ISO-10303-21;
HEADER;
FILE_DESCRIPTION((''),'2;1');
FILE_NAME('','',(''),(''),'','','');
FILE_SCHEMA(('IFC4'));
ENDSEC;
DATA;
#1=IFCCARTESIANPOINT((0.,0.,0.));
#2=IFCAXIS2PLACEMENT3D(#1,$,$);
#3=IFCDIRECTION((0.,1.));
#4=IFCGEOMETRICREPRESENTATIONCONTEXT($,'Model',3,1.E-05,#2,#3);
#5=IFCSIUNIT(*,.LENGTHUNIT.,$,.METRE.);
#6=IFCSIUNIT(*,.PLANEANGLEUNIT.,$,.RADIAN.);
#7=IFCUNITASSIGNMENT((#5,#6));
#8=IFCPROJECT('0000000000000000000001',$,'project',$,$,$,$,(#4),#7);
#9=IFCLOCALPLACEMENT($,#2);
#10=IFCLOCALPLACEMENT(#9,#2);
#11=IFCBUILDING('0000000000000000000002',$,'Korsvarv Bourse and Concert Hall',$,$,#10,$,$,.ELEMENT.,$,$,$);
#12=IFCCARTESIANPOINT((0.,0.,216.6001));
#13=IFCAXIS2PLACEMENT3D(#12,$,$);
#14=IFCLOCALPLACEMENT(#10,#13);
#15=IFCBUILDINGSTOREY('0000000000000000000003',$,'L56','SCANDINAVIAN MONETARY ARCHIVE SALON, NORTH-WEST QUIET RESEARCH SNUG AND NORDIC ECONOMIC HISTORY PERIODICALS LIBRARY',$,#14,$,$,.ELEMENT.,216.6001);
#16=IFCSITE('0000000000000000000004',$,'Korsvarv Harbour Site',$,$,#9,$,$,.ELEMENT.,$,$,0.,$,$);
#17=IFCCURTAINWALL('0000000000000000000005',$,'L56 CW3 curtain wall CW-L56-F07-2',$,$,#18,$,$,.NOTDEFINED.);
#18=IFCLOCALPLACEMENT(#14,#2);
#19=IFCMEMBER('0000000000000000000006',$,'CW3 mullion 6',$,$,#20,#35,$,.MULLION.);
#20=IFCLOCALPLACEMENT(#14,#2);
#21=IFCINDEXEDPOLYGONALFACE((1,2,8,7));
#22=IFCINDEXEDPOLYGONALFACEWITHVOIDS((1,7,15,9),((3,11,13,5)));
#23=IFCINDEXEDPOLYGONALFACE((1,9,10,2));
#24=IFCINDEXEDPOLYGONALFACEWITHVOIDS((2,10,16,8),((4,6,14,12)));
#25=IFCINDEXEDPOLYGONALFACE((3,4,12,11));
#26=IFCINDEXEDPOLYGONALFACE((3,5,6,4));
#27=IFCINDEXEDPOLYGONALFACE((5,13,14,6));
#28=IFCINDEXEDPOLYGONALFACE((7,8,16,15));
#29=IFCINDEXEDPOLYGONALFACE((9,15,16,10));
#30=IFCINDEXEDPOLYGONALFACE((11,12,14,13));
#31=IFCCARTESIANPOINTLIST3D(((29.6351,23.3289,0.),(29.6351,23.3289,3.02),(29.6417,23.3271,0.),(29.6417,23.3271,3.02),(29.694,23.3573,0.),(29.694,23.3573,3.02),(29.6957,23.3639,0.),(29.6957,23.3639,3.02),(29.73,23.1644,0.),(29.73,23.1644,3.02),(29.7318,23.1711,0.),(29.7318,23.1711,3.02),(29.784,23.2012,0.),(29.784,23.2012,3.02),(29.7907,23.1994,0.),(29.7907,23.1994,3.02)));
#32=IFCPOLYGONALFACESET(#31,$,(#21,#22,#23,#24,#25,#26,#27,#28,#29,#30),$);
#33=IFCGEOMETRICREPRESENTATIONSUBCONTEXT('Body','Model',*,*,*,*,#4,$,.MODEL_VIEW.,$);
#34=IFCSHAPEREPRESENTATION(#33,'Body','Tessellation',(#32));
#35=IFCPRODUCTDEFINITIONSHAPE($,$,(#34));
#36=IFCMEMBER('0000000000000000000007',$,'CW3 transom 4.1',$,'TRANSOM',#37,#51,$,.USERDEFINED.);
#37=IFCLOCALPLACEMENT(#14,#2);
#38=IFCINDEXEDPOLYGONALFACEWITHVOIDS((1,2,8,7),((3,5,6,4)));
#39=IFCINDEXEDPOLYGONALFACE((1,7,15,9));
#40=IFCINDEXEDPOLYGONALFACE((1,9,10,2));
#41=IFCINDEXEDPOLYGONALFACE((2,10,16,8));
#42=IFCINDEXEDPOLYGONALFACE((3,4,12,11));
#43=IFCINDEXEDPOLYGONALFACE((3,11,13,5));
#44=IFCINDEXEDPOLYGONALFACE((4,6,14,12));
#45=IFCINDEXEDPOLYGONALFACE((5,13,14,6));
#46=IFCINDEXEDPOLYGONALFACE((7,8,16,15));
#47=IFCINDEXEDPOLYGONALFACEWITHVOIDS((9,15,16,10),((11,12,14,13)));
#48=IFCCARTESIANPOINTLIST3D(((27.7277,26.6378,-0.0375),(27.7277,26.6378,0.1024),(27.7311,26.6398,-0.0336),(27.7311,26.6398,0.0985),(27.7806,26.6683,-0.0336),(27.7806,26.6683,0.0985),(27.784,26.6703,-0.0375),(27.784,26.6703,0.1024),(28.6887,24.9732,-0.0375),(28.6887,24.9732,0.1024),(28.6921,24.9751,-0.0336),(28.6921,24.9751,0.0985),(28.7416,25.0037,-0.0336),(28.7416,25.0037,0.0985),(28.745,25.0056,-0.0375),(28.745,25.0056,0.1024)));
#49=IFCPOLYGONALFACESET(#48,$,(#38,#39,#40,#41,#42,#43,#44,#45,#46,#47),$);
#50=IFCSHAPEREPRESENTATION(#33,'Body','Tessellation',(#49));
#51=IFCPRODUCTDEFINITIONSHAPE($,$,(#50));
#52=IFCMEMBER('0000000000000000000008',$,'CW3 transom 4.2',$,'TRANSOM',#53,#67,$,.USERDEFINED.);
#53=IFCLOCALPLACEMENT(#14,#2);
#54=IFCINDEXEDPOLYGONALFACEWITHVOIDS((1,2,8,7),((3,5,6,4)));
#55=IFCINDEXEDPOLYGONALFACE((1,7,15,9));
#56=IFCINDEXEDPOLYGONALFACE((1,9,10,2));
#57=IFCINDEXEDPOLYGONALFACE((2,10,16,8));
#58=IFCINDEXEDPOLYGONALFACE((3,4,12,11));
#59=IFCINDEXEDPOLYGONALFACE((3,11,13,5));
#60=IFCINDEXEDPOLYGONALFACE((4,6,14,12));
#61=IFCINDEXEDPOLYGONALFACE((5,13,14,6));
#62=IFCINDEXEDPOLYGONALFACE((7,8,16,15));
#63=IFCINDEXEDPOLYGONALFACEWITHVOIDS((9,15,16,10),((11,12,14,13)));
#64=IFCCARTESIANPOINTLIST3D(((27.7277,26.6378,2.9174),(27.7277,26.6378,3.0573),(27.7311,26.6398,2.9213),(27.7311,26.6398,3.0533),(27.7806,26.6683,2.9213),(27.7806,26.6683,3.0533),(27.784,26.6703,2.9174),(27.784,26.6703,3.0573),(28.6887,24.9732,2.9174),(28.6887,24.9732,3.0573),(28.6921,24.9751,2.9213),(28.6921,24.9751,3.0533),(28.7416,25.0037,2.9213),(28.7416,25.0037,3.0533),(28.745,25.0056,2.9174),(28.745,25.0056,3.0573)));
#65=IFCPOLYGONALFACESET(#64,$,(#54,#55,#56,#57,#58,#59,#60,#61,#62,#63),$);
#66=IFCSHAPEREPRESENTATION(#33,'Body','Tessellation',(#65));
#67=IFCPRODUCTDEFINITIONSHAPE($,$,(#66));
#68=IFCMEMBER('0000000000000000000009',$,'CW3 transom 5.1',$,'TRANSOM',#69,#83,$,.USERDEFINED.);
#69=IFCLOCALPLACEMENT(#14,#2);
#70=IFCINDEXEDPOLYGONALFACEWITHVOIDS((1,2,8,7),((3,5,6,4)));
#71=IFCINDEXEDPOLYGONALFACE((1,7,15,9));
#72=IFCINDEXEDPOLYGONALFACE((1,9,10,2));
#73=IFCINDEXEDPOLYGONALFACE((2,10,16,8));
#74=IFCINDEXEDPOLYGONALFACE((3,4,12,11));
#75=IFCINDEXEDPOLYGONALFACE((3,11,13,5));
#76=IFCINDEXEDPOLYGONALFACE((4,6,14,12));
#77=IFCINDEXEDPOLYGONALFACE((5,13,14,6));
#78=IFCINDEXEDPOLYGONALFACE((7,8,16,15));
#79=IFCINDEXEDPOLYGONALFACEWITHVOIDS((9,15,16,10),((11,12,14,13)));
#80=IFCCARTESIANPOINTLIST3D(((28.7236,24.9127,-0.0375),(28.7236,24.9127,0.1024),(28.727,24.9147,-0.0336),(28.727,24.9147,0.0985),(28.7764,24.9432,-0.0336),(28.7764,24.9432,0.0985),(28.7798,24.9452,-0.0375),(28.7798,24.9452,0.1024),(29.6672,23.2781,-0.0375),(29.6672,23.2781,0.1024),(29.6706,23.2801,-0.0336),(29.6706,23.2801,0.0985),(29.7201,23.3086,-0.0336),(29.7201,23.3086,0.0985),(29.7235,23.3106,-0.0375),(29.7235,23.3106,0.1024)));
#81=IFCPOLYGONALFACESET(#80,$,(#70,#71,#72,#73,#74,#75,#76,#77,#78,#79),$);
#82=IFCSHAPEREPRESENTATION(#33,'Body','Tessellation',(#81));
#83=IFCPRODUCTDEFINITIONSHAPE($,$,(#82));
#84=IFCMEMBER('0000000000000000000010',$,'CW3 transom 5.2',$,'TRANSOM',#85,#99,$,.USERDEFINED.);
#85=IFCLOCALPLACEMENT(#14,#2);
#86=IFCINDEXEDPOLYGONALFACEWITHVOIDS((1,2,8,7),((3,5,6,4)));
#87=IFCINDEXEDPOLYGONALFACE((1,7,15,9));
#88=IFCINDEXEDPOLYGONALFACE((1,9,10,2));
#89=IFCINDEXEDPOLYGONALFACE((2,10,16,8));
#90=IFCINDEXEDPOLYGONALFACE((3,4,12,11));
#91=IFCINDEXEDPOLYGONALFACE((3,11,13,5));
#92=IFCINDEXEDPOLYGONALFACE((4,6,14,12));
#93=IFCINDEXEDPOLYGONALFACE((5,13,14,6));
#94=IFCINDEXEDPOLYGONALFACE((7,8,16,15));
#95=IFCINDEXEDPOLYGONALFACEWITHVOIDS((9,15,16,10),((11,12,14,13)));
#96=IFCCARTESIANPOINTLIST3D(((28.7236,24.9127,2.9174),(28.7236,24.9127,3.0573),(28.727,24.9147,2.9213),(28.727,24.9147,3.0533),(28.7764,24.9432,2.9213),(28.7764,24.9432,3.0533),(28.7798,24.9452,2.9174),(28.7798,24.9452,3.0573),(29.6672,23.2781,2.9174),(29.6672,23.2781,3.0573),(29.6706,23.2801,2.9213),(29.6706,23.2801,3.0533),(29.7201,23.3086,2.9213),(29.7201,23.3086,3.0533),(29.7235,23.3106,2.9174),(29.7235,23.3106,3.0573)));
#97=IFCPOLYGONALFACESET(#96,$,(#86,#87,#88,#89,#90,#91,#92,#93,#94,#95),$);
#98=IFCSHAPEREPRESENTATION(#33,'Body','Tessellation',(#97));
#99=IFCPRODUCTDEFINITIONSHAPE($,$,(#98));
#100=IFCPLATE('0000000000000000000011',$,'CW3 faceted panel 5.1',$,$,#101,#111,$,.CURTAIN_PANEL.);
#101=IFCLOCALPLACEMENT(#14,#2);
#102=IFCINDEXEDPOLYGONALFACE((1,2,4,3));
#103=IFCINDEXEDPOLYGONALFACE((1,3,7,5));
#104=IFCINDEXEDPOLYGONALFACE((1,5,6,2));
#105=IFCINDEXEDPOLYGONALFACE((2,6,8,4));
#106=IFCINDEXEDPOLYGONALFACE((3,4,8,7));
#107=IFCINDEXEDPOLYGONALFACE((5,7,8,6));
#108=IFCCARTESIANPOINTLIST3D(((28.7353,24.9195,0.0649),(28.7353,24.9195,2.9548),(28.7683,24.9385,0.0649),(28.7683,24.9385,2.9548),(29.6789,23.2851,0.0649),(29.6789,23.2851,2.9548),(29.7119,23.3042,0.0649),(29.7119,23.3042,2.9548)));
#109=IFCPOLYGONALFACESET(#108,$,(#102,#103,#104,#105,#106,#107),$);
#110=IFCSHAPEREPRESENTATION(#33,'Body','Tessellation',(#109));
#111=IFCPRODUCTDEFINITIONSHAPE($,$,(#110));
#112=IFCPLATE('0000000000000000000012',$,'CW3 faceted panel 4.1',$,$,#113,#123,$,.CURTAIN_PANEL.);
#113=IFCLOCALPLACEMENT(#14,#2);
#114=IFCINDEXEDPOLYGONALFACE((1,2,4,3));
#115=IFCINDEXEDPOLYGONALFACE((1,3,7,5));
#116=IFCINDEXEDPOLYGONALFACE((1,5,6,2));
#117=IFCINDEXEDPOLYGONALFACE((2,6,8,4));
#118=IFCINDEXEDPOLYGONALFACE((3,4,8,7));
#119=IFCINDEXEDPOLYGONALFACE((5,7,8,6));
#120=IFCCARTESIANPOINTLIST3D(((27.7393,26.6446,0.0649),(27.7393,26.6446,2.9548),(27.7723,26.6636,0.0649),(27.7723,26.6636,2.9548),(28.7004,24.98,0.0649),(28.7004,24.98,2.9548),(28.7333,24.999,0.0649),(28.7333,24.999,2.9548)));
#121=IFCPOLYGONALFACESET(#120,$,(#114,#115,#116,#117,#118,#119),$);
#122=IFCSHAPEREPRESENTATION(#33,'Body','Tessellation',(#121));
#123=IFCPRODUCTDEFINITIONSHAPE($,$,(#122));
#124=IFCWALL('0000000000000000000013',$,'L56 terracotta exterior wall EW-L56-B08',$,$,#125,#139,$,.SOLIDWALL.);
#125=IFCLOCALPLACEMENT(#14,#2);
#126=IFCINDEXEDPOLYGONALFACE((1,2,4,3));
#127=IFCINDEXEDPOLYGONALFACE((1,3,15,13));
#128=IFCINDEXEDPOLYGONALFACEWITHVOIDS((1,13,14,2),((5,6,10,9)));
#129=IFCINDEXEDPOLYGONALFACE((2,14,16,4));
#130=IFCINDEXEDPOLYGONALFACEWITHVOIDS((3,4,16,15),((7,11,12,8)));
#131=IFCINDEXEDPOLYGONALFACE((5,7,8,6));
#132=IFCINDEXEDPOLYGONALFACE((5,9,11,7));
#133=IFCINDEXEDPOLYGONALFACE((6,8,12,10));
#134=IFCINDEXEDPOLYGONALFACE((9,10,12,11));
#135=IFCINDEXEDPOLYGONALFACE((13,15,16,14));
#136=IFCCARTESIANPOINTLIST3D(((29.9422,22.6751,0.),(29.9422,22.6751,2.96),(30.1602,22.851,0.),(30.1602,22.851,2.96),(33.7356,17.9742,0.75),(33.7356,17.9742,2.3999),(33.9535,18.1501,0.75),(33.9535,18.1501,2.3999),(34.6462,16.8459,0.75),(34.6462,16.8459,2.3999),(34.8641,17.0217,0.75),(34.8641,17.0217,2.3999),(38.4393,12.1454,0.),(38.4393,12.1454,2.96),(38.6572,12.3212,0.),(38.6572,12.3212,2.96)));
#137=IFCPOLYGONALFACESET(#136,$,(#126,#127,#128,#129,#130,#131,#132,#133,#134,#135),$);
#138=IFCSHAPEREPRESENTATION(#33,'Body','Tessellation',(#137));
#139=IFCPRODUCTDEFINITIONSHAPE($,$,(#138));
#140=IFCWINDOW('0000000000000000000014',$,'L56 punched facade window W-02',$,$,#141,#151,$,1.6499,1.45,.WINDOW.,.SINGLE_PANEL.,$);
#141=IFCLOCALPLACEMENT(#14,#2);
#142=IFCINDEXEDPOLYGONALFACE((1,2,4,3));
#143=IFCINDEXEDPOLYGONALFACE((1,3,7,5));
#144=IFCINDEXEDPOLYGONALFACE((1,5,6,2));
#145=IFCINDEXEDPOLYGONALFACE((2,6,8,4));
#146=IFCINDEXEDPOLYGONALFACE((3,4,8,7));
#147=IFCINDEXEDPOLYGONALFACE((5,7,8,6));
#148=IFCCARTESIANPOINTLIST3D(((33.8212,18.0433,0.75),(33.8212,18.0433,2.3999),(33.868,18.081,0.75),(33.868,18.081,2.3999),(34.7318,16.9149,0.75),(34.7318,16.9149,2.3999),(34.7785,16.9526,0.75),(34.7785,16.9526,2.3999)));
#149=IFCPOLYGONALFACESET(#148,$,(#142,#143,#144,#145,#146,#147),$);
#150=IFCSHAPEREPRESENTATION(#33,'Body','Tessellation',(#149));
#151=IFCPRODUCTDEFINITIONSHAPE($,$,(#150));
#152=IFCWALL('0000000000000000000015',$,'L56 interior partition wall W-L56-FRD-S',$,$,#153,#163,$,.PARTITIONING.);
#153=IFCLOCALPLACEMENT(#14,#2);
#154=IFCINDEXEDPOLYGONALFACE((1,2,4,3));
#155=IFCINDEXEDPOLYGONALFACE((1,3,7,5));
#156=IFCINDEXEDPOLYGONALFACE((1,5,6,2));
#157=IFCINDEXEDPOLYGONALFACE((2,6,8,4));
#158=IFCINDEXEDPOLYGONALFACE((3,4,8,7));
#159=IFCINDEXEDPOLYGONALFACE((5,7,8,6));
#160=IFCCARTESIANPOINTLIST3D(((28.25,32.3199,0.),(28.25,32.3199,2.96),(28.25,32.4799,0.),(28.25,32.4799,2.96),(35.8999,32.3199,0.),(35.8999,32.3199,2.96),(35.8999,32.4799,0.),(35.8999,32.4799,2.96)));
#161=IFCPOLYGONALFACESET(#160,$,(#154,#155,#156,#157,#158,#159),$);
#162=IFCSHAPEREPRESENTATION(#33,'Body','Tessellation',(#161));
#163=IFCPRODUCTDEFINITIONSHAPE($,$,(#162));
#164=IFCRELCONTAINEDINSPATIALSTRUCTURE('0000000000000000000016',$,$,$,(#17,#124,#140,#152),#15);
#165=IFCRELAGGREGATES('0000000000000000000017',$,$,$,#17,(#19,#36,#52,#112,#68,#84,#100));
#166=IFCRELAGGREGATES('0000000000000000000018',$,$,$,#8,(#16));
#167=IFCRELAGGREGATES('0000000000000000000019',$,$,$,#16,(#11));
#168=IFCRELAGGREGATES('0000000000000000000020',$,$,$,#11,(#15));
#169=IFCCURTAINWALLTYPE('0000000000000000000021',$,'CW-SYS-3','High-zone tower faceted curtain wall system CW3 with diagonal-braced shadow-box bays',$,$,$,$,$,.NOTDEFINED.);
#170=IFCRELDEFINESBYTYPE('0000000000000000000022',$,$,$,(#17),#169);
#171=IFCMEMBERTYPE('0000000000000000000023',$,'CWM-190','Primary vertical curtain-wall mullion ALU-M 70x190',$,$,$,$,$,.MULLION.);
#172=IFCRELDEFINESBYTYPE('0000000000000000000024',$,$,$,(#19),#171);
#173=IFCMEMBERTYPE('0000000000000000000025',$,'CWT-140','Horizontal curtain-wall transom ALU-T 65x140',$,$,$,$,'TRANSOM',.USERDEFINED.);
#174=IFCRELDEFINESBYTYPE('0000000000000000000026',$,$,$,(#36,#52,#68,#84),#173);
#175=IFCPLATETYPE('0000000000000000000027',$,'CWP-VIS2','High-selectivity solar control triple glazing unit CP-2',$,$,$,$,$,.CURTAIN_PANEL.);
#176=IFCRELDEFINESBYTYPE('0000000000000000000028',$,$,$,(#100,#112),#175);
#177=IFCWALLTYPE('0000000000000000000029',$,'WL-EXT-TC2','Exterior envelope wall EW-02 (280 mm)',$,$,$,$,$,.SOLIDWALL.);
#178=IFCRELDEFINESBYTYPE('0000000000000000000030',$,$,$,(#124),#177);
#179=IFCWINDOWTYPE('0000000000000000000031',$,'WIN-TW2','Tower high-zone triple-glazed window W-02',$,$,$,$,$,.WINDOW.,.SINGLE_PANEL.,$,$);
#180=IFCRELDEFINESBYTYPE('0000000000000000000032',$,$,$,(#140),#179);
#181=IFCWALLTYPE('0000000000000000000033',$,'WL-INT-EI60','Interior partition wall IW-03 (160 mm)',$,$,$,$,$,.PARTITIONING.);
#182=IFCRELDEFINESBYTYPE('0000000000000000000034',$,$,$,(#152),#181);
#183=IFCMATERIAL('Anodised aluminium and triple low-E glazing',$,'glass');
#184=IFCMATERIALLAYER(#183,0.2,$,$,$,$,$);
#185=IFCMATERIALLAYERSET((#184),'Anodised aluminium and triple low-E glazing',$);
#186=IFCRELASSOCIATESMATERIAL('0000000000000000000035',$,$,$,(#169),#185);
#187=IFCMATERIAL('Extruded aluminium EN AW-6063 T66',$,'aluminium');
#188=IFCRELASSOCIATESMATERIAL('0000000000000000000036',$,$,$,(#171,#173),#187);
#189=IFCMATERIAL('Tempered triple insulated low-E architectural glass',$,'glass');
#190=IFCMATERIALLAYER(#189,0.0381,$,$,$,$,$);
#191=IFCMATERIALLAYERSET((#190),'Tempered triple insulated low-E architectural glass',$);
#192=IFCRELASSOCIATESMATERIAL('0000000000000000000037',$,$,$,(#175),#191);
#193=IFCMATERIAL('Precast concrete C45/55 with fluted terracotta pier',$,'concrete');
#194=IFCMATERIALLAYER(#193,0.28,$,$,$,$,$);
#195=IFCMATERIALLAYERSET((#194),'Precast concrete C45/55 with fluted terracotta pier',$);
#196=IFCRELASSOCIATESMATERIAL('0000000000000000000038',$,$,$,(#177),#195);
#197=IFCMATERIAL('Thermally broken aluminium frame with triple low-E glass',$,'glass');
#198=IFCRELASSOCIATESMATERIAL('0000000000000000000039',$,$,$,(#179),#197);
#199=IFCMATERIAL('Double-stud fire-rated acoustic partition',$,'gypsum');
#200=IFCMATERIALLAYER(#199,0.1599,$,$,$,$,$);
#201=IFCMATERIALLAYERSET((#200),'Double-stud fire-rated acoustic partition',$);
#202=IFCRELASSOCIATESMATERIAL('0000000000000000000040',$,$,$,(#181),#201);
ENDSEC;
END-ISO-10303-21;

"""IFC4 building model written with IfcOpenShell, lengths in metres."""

from ifc_helpers import new_model, si_unit, direction, frame, frame_2d, origin, origin_2d, place, context, subcontext, project, spatial, rectangle, hollow_rectangle, extrude, source, transform, mapped, material, layer, layer_set, material_profile, profile_set, type_object, element, fill, aggregate, save


model = new_model("IFC4")

# Units and contexts
model_context = context("Model", 3, precision=1e-05, world=origin(), true_north=direction((0.0, 1.0)))
body_context = subcontext(model_context, "Body", "Model", "MODEL_VIEW")
ifc_project = project(units=[si_unit("LENGTHUNIT", "METRE"), si_unit("PLANEANGLEUNIT", "RADIAN")], contexts=[model_context])

# Site, building, storey
site_placement = place(None, origin())
site = spatial("IfcSite", under=ifc_project, at=site_placement, Name="Korsvarv Harbour Site", CompositionType="ELEMENT", RefElevation=0.0)
building_placement = place(site_placement, origin())
building = spatial("IfcBuilding", under=site, at=building_placement, Name="Korsvarv Bourse and Concert Hall", CompositionType="ELEMENT")
storey_placement = place(building_placement, frame((0.0, 0.0, 216.6001)))
storey = spatial("IfcBuildingStorey", under=building, at=storey_placement, Name="L56", Description="SCANDINAVIAN MONETARY ARCHIVE SALON, NORTH-WEST QUIET RESEARCH SNUG AND NORDIC ECONOMIC HISTORY PERIODICALS LIBRARY", CompositionType="ELEMENT", Elevation=216.6001)

# Curtain wall, members, plates
ifc_material_1 = material(Name="Anodised aluminium and triple low-E glazing", Category="glass")
ifc_layer_1 = layer(ifc_material_1, 0.2)
ifc_layer_set_1 = layer_set([ifc_layer_1], Name="Anodised aluminium and triple low-E glazing")
curtain_wall_type = type_object("IfcCurtainWallType", Name="CW-SYS-3", Description="High-zone tower faceted curtain wall system CW3 with diagonal-braced shadow-box bays", PredefinedType="NOTDEFINED", material=ifc_layer_set_1)
curtain_wall_placement = place(storey_placement, origin())
curtain_wall = element("IfcCurtainWall", 1, at=curtain_wall_placement, inside=storey, type_object=curtain_wall_type, Name="L56 CW3 curtain wall CW-L56-F07-2", PredefinedType="NOTDEFINED")
ifc_material_2 = material(Name="Extruded aluminium EN AW-6063 T66", Category="aluminium")
ifc_material_profile_1 = material_profile(ifc_material_2, hollow_rectangle(XDim=0.0701, YDim=0.1899, WallThickness=0.0049, at=origin_2d()), Name="ALU-M 70x190")
ifc_profile_set_1 = profile_set([ifc_material_profile_1], Name="Extruded aluminium EN AW-6063 T66")
member_type_1 = type_object("IfcMemberType", Name="CWM-190", Description="Primary vertical curtain-wall mullion ALU-M 70x190", PredefinedType="MULLION", material=ifc_profile_set_1)
shared_shape_1 = source(origin(), body_context, "Body", "SweptSolid", [
    extrude(hollow_rectangle(XDim=0.0701, YDim=0.1899, WallThickness=0.0049, at=origin_2d()), origin(), (0.0, 0.0, 1.0), 3.02),
])
member_1_placement = place(storey_placement, frame((29.7129, 23.2642, 0.0), z_axis=(0.0, 0.0, 1.0), x_axis=(0.866028, 0.499996, 0.0)))
member_1 = element("IfcMember", 2, at=member_1_placement, type_object=member_type_1, Name="CW3 mullion 6", PredefinedType="MULLION", context=body_context, shape_type="MappedRepresentation", body=[
    mapped(shared_shape_1, transform((0.0, 0.0, 0.0), scale=1.0)),
])
ifc_material_profile_2 = material_profile(ifc_material_2, hollow_rectangle(XDim=0.0649, YDim=0.1399, WallThickness=0.0039, at=origin_2d()), Name="ALU-T 65x140")
ifc_profile_set_2 = profile_set([ifc_material_profile_2], Name="Extruded aluminium EN AW-6063 T66")
member_type_2 = type_object("IfcMemberType", Name="CWT-140", Description="Horizontal curtain-wall transom ALU-T 65x140", ElementType="TRANSOM", PredefinedType="USERDEFINED", material=ifc_profile_set_2)
shared_shape_2 = source(origin(), body_context, "Body", "SweptSolid", [
    extrude(hollow_rectangle(XDim=0.0649, YDim=0.1399, WallThickness=0.0039, at=origin_2d()), origin(), (0.0, 0.0, 1.0), 1.9221),
])
member_2_placement = place(storey_placement, frame((27.7559, 26.6541, 0.0325), z_axis=(0.499964, -0.866046, 0.0), x_axis=(0.866046, 0.499964, 0.0)))
member_2 = element("IfcMember", 3, at=member_2_placement, type_object=member_type_2, Name="CW3 transom 4.1", ObjectType="TRANSOM", PredefinedType="USERDEFINED", context=body_context, shape_type="MappedRepresentation", body=[
    mapped(shared_shape_2, transform((0.0, 0.0, 0.0), scale=1.0)),
])
member_3_placement = place(storey_placement, frame((27.7559, 26.6541, 2.9873), z_axis=(0.499964, -0.866046, 0.0), x_axis=(0.866046, 0.499964, 0.0)))
member_3 = element("IfcMember", 4, at=member_3_placement, type_object=member_type_2, Name="CW3 transom 4.2", ObjectType="TRANSOM", PredefinedType="USERDEFINED", context=body_context, shape_type="MappedRepresentation", body=[
    mapped(shared_shape_2, transform((0.0, 0.0, 0.0), scale=1.0)),
])
shared_shape_3 = source(origin(), body_context, "Body", "SweptSolid", [
    extrude(hollow_rectangle(XDim=0.0649, YDim=0.1399, WallThickness=0.0039, at=origin_2d()), origin(), (0.0, 0.0, 1.0), 1.8875),
])
member_4_placement = place(storey_placement, frame((28.7517, 24.929, 0.0325), z_axis=(0.499965, -0.866046, 0.0), x_axis=(0.866046, 0.499965, 0.0)))
member_4 = element("IfcMember", 5, at=member_4_placement, type_object=member_type_2, Name="CW3 transom 5.1", ObjectType="TRANSOM", PredefinedType="USERDEFINED", context=body_context, shape_type="MappedRepresentation", body=[
    mapped(shared_shape_3, transform((0.0, 0.0, 0.0), scale=1.0)),
])
member_5_placement = place(storey_placement, frame((28.7517, 24.929, 2.9873), z_axis=(0.499965, -0.866046, 0.0), x_axis=(0.866046, 0.499965, 0.0)))
member_5 = element("IfcMember", 6, at=member_5_placement, type_object=member_type_2, Name="CW3 transom 5.2", ObjectType="TRANSOM", PredefinedType="USERDEFINED", context=body_context, shape_type="MappedRepresentation", body=[
    mapped(shared_shape_3, transform((0.0, 0.0, 0.0), scale=1.0)),
])
ifc_material_3 = material(Name="Tempered triple insulated low-E architectural glass", Category="glass")
ifc_layer_2 = layer(ifc_material_3, 0.0381)
ifc_layer_set_2 = layer_set([ifc_layer_2], Name="Tempered triple insulated low-E architectural glass")
plate_type = type_object("IfcPlateType", Name="CWP-VIS2", Description="High-selectivity solar control triple glazing unit CP-2", PredefinedType="CURTAIN_PANEL", material=ifc_layer_set_2)
shared_shape_4 = source(origin(), body_context, "Body", "SweptSolid", [
    extrude(rectangle(XDim=1.8872, YDim=0.0381, at=origin_2d()), origin(), (0.0, 0.0, 1.0), 2.8899),
])
plate_1_placement = place(storey_placement, frame((29.2236, 24.1118, 0.0649), z_axis=(0.0, 0.0, 1.0), x_axis=(0.499996, -0.866028, 0.0)))
plate_1 = element("IfcPlate", 7, at=plate_1_placement, type_object=plate_type, Name="CW3 faceted panel 5.1", PredefinedType="CURTAIN_PANEL", context=body_context, shape_type="MappedRepresentation", body=[
    mapped(shared_shape_4, transform((0.0, 0.0, 0.0), scale=1.0)),
])
shared_shape_5 = source(origin(), body_context, "Body", "SweptSolid", [
    extrude(rectangle(XDim=1.9221, YDim=0.0381, at=origin_2d()), origin(), (0.0, 0.0, 1.0), 2.8899),
])
plate_2_placement = place(storey_placement, frame((28.2363, 25.8218, 0.0649), z_axis=(0.0, 0.0, 1.0), x_axis=(0.499996, -0.866028, 0.0)))
plate_2 = element("IfcPlate", 8, at=plate_2_placement, type_object=plate_type, Name="CW3 faceted panel 4.1", PredefinedType="CURTAIN_PANEL", context=body_context, shape_type="MappedRepresentation", body=[
    mapped(shared_shape_5, transform((0.0, 0.0, 0.0), scale=1.0)),
])
aggregate(curtain_wall, [member_1, member_2, member_3, plate_2, member_4, member_5, plate_1])

# Wall, opening, window
ifc_material_4 = material(Name="Precast concrete C45/55 with fluted terracotta pier", Category="concrete")
ifc_layer_3 = layer(ifc_material_4, 0.28)
ifc_layer_set_3 = layer_set([ifc_layer_3], Name="Precast concrete C45/55 with fluted terracotta pier")
wall_type_1 = type_object("IfcWallType", Name="WL-EXT-TC2", Description="Exterior envelope wall EW-02 (280 mm)", PredefinedType="SOLIDWALL", material=ifc_layer_set_3)
wall_1_placement = place(storey_placement, frame((30.0513, 22.7629, 0.0), z_axis=(0.0, 0.0, 1.0), x_axis=(0.62799, -0.778221, 0.0)))
wall_1 = element("IfcWall", 9, at=wall_1_placement, inside=storey, type_object=wall_type_1, Name="L56 terracotta exterior wall EW-L56-B08", PredefinedType="SOLIDWALL", context=body_context, shape_type="SweptSolid", body=[
    extrude(rectangle(XDim=13.5305, YDim=0.28, at=frame_2d((6.7651, 0.0))), origin(), (0.0, 0.0, 1.0), 2.96),
])
opening_1_placement = place(wall_1_placement, frame((6.0403, 0.0, 0.75)))
opening_1 = element("IfcOpeningElement", 10, at=opening_1_placement, cuts=wall_1, PredefinedType="OPENING", context=body_context, shape_type="SweptSolid", body=[
    extrude(rectangle(XDim=1.45, YDim=1.6499, at=frame_2d((0.7251, 0.825))), frame((0.0, 0.1499, 0.0), z_axis=(0.0, -1.0, 0.0), x_axis=(1.0, 0.0, 0.0)), (0.0, 0.0, 1.0), 0.3),
])
ifc_material_5 = material(Name="Thermally broken aluminium frame with triple low-E glass", Category="glass")
window_type = type_object("IfcWindowType", Name="WIN-TW2", Description="Tower high-zone triple-glazed window W-02", PartitioningType="SINGLE_PANEL", PredefinedType="WINDOW", material=ifc_material_5)
window_placement = place(opening_1_placement, origin())
window = element("IfcWindow", 11, at=window_placement, inside=storey, type_object=window_type, Name="L56 punched facade window W-02", OverallHeight=1.6499, OverallWidth=1.45, PartitioningType="SINGLE_PANEL", PredefinedType="WINDOW", context=body_context, shape_type="SweptSolid", body=[
    extrude(rectangle(XDim=1.45, YDim=1.6499, at=frame_2d((0.7251, 0.825))), frame((0.0, 0.03, 0.0), z_axis=(0.0, -1.0, 0.0), x_axis=(1.0, 0.0, 0.0)), (0.0, 0.0, 1.0), 0.0601),
])
fill(opening_1, window)

# Wall
ifc_material_6 = material(Name="Double-stud fire-rated acoustic partition", Category="gypsum")
ifc_layer_4 = layer(ifc_material_6, 0.1599)
ifc_layer_set_4 = layer_set([ifc_layer_4], Name="Double-stud fire-rated acoustic partition")
wall_type_2 = type_object("IfcWallType", Name="WL-INT-EI60", Description="Interior partition wall IW-03 (160 mm)", PredefinedType="PARTITIONING", material=ifc_layer_set_4)
wall_2_placement = place(storey_placement, frame((28.25, 32.3999, 0.0), z_axis=(0.0, 0.0, 1.0), x_axis=(1.0, 0.0, 0.0)))
element("IfcWall", 12, at=wall_2_placement, inside=storey, type_object=wall_type_2, Name="L56 interior partition wall W-L56-FRD-S", PredefinedType="PARTITIONING", context=body_context, shape_type="SweptSolid", body=[
    extrude(rectangle(XDim=7.6499, YDim=0.1599, at=frame_2d((3.825, 0.0))), origin(), (0.0, 0.0, 1.0), 2.96),
])

save(model, "model.ifc")
